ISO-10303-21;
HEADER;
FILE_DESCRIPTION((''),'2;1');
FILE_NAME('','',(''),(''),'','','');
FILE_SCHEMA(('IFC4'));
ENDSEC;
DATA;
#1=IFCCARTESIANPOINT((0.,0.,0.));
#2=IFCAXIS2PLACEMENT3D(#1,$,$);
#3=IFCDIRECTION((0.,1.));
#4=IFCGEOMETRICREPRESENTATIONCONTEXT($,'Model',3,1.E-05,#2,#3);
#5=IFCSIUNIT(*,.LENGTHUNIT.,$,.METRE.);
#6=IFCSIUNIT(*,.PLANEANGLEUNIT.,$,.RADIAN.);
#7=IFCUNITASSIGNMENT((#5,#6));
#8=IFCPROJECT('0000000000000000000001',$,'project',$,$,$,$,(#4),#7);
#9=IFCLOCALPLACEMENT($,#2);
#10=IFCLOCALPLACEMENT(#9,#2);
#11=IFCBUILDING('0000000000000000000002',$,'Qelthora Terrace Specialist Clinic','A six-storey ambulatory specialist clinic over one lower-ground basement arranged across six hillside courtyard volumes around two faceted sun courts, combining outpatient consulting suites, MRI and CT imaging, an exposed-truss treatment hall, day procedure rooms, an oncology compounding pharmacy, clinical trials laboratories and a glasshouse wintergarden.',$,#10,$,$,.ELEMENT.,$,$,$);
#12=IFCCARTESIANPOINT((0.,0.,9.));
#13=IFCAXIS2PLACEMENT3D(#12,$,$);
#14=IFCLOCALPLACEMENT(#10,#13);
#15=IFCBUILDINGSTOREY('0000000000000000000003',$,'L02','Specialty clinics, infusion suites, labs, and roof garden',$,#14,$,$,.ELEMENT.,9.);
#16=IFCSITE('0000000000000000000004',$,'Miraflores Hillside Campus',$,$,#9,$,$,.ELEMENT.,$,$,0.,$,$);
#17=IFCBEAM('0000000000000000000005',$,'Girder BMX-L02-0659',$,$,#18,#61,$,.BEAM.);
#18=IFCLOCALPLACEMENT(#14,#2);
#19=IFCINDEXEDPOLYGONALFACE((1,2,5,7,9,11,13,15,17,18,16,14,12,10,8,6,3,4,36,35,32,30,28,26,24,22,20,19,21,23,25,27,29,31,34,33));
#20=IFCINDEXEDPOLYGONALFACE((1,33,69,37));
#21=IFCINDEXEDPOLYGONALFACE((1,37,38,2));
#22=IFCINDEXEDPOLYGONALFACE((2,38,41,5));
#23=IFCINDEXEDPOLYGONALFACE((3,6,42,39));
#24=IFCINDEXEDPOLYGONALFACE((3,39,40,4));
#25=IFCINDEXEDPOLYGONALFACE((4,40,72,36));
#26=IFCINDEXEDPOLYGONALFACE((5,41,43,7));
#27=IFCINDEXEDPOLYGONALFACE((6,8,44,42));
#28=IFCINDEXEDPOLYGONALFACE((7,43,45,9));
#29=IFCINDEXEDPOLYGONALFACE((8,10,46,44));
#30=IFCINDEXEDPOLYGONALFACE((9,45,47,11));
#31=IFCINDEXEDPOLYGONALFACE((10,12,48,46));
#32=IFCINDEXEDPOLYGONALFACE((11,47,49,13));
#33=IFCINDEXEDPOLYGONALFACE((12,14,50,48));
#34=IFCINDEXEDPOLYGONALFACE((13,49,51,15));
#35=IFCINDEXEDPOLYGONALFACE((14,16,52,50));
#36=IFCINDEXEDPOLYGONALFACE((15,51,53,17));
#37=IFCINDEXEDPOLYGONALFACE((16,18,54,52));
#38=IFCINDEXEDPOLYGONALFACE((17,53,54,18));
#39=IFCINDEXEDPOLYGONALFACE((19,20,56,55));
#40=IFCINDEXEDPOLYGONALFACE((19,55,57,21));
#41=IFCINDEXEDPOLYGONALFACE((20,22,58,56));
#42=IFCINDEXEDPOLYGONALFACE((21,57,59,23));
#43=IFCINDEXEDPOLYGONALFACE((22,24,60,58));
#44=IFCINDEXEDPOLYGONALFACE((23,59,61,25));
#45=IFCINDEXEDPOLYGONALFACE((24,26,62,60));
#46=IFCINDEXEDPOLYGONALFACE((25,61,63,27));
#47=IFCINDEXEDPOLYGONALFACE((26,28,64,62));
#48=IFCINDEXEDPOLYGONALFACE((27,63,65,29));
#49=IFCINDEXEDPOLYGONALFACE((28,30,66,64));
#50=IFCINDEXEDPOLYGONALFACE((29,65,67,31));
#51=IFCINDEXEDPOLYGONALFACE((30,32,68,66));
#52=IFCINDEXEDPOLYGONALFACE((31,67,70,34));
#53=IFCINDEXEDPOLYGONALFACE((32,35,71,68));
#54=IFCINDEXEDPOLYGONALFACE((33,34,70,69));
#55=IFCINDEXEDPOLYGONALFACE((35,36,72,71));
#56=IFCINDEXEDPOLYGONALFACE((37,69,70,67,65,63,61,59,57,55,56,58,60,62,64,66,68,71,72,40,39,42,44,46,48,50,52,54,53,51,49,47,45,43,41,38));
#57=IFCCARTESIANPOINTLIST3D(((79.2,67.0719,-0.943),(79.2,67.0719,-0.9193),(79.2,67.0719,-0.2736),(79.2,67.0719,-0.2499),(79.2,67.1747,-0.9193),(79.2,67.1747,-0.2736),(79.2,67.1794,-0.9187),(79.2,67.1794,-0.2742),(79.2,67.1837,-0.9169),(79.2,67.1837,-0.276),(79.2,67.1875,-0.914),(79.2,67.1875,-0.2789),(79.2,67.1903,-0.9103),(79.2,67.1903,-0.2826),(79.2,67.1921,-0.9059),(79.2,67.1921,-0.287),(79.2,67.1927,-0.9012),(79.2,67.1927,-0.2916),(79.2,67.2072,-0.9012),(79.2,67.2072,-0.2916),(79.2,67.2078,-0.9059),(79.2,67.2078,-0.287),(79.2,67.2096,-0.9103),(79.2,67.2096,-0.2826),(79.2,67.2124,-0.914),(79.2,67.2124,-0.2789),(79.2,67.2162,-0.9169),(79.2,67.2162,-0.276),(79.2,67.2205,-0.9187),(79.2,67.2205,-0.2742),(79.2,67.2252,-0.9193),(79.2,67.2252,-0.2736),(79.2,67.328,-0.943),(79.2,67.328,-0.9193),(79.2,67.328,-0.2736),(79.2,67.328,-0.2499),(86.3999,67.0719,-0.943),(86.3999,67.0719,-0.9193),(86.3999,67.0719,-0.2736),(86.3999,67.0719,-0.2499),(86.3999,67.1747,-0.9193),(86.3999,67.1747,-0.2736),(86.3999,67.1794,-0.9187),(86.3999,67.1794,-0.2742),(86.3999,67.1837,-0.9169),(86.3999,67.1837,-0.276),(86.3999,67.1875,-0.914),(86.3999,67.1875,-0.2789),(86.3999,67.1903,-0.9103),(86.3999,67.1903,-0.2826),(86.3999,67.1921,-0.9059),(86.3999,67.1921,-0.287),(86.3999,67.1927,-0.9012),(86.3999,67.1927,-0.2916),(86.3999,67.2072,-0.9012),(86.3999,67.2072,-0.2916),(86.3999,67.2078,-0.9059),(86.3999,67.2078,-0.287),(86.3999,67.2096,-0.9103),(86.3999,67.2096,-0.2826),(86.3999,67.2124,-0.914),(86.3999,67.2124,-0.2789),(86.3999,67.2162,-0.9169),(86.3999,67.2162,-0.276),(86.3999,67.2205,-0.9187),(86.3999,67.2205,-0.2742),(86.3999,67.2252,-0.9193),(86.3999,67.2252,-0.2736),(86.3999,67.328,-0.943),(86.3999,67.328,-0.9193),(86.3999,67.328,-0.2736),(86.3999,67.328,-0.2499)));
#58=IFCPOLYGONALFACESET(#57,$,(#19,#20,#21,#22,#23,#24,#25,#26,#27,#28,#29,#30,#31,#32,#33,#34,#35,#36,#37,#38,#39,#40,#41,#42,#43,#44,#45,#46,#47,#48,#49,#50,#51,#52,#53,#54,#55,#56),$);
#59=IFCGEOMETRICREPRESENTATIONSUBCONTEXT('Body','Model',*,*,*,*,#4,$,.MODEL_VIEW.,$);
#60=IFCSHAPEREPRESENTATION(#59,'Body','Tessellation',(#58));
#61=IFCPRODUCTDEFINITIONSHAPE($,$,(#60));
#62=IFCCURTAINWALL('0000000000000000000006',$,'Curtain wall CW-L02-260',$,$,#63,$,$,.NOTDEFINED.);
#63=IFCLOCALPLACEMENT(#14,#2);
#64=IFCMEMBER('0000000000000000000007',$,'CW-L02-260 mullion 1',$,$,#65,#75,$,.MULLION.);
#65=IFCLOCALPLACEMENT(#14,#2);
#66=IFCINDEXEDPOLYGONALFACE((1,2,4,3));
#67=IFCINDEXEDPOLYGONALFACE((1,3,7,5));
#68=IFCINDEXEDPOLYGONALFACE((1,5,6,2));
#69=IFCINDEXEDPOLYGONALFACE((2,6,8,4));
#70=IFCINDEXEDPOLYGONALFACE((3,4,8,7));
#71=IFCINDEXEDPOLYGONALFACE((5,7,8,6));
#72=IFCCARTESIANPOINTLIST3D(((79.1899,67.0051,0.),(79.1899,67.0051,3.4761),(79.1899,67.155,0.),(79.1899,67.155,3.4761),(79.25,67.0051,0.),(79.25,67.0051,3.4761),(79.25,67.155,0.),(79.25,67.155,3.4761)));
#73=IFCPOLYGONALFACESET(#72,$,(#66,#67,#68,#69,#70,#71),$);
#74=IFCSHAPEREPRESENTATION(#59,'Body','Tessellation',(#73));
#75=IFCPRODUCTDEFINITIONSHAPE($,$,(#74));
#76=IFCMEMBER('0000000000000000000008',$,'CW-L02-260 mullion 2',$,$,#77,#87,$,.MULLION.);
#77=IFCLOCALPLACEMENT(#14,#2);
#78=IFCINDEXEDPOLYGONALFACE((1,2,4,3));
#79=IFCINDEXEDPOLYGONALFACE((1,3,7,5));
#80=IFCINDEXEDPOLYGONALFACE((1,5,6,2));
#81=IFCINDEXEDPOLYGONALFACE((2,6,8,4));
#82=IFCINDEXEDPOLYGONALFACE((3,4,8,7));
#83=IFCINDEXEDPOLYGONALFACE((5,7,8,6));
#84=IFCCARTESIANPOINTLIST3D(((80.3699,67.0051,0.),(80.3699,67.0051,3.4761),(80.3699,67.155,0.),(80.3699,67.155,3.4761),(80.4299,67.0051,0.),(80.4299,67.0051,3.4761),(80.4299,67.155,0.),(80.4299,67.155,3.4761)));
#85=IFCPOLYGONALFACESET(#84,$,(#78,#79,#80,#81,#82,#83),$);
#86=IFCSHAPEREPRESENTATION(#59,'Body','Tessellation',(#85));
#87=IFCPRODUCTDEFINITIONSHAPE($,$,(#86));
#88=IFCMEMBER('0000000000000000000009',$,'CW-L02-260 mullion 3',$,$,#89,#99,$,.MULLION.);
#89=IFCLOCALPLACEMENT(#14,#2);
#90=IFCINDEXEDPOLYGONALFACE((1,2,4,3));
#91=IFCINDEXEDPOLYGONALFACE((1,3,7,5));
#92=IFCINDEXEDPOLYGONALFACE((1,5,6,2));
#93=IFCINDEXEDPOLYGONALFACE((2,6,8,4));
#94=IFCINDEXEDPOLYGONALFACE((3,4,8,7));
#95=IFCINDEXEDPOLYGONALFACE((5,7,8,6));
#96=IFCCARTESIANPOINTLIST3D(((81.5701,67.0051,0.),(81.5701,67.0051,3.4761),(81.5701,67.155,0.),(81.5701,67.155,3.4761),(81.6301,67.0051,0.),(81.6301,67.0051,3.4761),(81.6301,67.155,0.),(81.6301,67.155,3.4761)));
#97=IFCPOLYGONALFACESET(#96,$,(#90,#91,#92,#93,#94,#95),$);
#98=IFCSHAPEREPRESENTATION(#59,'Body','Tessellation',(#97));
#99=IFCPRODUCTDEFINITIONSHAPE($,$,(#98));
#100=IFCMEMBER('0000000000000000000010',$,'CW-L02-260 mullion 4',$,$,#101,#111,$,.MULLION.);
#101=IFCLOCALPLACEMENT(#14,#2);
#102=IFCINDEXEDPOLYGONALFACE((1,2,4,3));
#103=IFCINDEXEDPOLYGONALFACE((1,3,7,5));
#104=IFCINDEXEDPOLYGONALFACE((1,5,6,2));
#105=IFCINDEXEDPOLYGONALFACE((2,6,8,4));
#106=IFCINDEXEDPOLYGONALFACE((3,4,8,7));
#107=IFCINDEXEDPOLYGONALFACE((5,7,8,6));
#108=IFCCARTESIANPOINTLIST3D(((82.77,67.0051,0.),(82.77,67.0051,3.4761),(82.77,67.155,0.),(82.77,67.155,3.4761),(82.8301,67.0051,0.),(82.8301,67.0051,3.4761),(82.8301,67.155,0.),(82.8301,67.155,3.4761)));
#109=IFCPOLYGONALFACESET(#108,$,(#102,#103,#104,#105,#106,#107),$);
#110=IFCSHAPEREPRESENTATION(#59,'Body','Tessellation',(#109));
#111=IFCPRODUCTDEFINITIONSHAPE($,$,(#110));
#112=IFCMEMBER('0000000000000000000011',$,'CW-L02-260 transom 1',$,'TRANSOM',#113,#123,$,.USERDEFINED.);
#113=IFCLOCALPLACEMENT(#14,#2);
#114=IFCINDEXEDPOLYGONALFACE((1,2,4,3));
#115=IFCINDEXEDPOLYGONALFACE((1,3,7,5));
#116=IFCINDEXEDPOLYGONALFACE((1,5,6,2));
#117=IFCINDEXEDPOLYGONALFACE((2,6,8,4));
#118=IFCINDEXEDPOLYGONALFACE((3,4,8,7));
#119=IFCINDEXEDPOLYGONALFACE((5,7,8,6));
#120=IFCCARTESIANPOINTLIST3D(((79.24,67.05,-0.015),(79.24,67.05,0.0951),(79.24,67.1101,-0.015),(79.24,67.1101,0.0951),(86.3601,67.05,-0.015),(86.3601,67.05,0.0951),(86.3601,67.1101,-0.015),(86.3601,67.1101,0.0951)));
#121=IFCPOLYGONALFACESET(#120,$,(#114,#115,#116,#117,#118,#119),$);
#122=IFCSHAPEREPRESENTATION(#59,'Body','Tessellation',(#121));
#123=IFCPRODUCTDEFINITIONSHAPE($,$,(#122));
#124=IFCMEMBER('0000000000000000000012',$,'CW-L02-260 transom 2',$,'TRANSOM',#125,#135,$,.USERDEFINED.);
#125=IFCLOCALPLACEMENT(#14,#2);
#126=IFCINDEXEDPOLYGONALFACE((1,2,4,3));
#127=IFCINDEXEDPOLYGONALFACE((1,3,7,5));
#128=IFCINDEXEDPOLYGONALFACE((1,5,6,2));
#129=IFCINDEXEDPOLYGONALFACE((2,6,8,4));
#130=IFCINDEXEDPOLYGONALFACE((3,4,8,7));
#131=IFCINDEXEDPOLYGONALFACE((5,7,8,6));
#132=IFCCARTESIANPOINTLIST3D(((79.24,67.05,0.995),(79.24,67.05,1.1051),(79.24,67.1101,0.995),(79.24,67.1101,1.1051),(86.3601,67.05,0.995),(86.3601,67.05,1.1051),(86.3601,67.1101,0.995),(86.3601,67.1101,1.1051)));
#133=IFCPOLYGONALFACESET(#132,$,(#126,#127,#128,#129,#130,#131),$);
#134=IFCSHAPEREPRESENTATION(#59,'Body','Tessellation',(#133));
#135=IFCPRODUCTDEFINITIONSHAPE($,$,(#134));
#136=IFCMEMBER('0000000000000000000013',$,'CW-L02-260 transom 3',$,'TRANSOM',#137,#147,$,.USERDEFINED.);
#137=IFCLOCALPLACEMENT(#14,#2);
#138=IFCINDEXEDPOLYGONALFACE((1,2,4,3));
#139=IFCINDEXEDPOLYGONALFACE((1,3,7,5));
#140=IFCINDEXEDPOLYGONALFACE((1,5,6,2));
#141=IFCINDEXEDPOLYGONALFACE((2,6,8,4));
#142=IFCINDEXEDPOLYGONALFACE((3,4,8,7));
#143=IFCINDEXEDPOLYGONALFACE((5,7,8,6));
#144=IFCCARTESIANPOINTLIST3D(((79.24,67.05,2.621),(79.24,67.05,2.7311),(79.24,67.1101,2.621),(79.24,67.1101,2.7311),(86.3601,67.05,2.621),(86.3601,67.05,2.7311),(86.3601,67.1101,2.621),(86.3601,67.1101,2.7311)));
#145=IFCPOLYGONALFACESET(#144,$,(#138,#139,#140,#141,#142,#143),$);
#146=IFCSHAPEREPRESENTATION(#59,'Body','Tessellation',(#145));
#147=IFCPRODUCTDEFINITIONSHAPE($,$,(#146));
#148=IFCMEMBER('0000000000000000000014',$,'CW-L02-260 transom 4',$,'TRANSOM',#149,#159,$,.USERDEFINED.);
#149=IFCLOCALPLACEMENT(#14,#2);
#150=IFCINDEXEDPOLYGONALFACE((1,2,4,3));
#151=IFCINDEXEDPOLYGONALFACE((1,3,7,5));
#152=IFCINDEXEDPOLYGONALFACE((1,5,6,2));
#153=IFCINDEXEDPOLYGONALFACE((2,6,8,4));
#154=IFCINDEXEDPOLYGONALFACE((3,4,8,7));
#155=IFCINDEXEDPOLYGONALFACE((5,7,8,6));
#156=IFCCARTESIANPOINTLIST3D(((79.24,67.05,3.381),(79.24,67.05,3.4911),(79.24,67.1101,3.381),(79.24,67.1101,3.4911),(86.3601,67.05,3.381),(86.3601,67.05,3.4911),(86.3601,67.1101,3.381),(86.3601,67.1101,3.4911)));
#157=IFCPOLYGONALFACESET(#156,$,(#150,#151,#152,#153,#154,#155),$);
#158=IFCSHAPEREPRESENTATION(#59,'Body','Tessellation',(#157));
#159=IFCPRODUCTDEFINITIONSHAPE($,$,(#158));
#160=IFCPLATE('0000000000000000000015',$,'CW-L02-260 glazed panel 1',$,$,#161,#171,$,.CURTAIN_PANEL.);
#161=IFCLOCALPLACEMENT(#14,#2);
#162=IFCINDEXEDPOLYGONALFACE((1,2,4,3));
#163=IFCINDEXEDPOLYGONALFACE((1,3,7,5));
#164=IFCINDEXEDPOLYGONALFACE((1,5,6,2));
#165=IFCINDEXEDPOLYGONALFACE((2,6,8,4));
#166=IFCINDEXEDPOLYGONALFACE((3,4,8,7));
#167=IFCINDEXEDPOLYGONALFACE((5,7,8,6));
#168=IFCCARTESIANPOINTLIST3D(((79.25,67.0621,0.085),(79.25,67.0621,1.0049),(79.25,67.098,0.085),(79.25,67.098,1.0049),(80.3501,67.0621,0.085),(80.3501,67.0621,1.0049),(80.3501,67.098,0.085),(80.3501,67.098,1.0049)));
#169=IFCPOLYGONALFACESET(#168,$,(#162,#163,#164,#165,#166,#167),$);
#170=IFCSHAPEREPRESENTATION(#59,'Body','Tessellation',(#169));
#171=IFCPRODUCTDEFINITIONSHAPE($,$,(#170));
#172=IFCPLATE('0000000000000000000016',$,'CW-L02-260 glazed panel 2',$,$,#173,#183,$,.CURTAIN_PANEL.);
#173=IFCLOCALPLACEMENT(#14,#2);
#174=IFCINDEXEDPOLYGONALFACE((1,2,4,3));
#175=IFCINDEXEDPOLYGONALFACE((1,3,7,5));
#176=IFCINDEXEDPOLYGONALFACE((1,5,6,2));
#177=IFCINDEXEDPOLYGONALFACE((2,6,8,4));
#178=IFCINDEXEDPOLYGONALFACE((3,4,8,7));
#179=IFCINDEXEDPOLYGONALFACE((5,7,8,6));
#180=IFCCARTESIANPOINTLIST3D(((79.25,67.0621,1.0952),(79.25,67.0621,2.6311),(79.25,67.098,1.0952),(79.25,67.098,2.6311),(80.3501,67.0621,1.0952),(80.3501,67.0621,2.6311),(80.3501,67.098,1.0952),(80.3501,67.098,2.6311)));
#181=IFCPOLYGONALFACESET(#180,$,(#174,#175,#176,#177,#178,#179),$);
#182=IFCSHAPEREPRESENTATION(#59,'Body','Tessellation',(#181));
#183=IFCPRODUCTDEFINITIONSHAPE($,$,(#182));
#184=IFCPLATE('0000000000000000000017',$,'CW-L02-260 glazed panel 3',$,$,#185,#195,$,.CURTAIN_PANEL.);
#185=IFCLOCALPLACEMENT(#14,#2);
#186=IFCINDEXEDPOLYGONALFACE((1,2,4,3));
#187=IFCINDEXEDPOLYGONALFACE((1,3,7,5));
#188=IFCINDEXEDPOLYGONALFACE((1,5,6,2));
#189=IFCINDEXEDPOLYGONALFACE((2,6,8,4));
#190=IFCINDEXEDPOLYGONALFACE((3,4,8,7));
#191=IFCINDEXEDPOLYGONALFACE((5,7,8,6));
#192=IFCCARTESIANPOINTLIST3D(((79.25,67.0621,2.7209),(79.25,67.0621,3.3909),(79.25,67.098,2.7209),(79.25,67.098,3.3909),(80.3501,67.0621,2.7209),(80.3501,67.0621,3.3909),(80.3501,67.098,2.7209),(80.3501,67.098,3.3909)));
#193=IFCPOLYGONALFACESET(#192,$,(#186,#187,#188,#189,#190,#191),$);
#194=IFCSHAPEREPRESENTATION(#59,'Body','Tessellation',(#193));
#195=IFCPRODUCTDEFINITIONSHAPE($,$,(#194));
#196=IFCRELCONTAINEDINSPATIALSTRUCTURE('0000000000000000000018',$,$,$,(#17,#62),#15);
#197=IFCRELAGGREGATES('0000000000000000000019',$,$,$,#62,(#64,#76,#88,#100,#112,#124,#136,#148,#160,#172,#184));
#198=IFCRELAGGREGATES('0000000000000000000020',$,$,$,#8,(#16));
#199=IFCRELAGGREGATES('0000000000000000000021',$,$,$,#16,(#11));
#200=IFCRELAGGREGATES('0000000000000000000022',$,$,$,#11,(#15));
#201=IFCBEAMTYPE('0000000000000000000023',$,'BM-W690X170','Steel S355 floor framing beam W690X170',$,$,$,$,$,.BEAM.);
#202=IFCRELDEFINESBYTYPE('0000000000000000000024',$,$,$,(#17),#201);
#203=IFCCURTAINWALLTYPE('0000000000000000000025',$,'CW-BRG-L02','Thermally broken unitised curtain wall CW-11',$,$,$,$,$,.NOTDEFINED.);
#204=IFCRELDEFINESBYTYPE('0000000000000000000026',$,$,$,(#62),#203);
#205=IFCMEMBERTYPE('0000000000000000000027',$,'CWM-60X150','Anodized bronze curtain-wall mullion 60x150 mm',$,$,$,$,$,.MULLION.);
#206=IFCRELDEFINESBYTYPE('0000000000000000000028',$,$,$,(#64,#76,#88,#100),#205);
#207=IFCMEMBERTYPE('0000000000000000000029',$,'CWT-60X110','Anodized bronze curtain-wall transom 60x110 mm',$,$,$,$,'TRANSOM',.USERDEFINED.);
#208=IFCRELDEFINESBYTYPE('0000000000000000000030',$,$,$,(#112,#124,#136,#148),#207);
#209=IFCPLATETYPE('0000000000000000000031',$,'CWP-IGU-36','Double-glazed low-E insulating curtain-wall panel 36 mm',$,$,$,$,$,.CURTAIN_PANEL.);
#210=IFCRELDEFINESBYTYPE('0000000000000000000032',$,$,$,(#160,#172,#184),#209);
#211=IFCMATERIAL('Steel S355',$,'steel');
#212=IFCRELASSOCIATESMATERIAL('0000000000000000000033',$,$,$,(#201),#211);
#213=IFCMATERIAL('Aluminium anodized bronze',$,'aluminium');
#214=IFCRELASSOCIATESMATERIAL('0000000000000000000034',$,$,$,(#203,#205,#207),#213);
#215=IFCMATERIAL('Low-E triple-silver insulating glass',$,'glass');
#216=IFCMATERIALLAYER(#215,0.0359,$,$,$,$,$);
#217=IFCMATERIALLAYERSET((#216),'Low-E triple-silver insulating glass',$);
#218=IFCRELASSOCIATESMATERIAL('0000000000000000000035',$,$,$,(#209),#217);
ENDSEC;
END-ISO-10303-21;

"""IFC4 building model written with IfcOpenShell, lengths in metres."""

from ifc_helpers import new_model, si_unit, direction, frame, origin, origin_2d, place, context, subcontext, project, spatial, rectangle, i_section, extrude, material, layer, layer_set, material_profile, profile_set, type_object, element, aggregate, save


model = new_model("IFC4")

# Units and contexts
model_context = context("Model", 3, precision=1e-05, world=origin(), true_north=direction((0.0, 1.0)))
body_context = subcontext(model_context, "Body", "Model", "MODEL_VIEW")
ifc_project = project(units=[si_unit("LENGTHUNIT", "METRE"), si_unit("PLANEANGLEUNIT", "RADIAN")], contexts=[model_context])

# Site, building, storey
site_placement = place(None, origin())
site = spatial("IfcSite", under=ifc_project, at=site_placement, Name="Miraflores Hillside Campus", CompositionType="ELEMENT", RefElevation=0.0)
building_placement = place(site_placement, origin())
building = spatial("IfcBuilding", under=site, at=building_placement, Name="Qelthora Terrace Specialist Clinic", Description="A six-storey ambulatory specialist clinic over one lower-ground basement arranged across six hillside courtyard volumes around two faceted sun courts, combining outpatient consulting suites, MRI and CT imaging, an exposed-truss treatment hall, day procedure rooms, an oncology compounding pharmacy, clinical trials laboratories and a glasshouse wintergarden.", CompositionType="ELEMENT")
storey_placement = place(building_placement, frame((0.0, 0.0, 9.0)))
storey = spatial("IfcBuildingStorey", under=building, at=storey_placement, Name="L02", Description="Specialty clinics, infusion suites, labs, and roof garden", CompositionType="ELEMENT", Elevation=9.0)

# Beam
ifc_material_1 = material(Name="Steel S355", Category="steel")
ifc_material_profile_1 = material_profile(ifc_material_1, i_section(OverallWidth=0.2561, OverallDepth=0.6931, WebThickness=0.0144, FlangeThickness=0.0237, FilletRadius=0.0181, at=origin_2d()), Name="W690X170")
ifc_profile_set_1 = profile_set([ifc_material_profile_1], Name="Steel S355")
beam_type = type_object("IfcBeamType", Name="BM-W690X170", Description="Steel S355 floor framing beam W690X170", PredefinedType="BEAM", material=ifc_profile_set_1)
beam_placement = place(storey_placement, frame((79.2, 67.2, -0.5964), z_axis=(1.0, 0.0, 0.0), x_axis=(0.0, 1.0, 0.0)))
element("IfcBeam", 1, at=beam_placement, inside=storey, type_object=beam_type, Name="Girder BMX-L02-0659", PredefinedType="BEAM", context=body_context, shape_type="SweptSolid", body=[
    extrude(i_section(OverallWidth=0.2561, OverallDepth=0.6931, WebThickness=0.0144, FlangeThickness=0.0237, FilletRadius=0.0181, at=origin_2d()), origin(), (0.0, 0.0, 1.0), 7.2),
])

# Curtain wall, members, plates
ifc_material_2 = material(Name="Aluminium anodized bronze", Category="aluminium")
curtain_wall_type = type_object("IfcCurtainWallType", Name="CW-BRG-L02", Description="Thermally broken unitised curtain wall CW-11", PredefinedType="NOTDEFINED", material=ifc_material_2)
curtain_wall_placement = place(storey_placement, origin())
curtain_wall = element("IfcCurtainWall", 2, at=curtain_wall_placement, inside=storey, type_object=curtain_wall_type, Name="Curtain wall CW-L02-260", PredefinedType="NOTDEFINED")
ifc_material_profile_2 = material_profile(ifc_material_2, rectangle(XDim=0.0601, YDim=0.1499, at=origin_2d()), Name="CWM60X150")
ifc_profile_set_2 = profile_set([ifc_material_profile_2], Name="Aluminium anodized bronze")
member_type_1 = type_object("IfcMemberType", Name="CWM-60X150", Description="Anodized bronze curtain-wall mullion 60x150 mm", PredefinedType="MULLION", material=ifc_profile_set_2)
member_1_placement = place(storey_placement, frame((79.22, 67.0801, 0.0), z_axis=(0.0, 0.0, 1.0), x_axis=(1.0, 0.0, 0.0)))
member_1 = element("IfcMember", 3, at=member_1_placement, type_object=member_type_1, Name="CW-L02-260 mullion 1", PredefinedType="MULLION", context=body_context, shape_type="SweptSolid", body=[
    extrude(rectangle(XDim=0.0601, YDim=0.1499, at=origin_2d()), origin(), (0.0, 0.0, 1.0), 3.4761),
])
member_2_placement = place(storey_placement, frame((80.3999, 67.0801, 0.0), z_axis=(0.0, 0.0, 1.0), x_axis=(1.0, 0.0, 0.0)))
member_2 = element("IfcMember", 4, at=member_2_placement, type_object=member_type_1, Name="CW-L02-260 mullion 2", PredefinedType="MULLION", context=body_context, shape_type="SweptSolid", body=[
    extrude(rectangle(XDim=0.0601, YDim=0.1499, at=origin_2d()), origin(), (0.0, 0.0, 1.0), 3.4761),
])
member_3_placement = place(storey_placement, frame((81.6001, 67.0801, 0.0), z_axis=(0.0, 0.0, 1.0), x_axis=(1.0, 0.0, 0.0)))
member_3 = element("IfcMember", 5, at=member_3_placement, type_object=member_type_1, Name="CW-L02-260 mullion 3", PredefinedType="MULLION", context=body_context, shape_type="SweptSolid", body=[
    extrude(rectangle(XDim=0.0601, YDim=0.1499, at=origin_2d()), origin(), (0.0, 0.0, 1.0), 3.4761),
])
member_4_placement = place(storey_placement, frame((82.8, 67.0801, 0.0), z_axis=(0.0, 0.0, 1.0), x_axis=(1.0, 0.0, 0.0)))
member_4 = element("IfcMember", 6, at=member_4_placement, type_object=member_type_1, Name="CW-L02-260 mullion 4", PredefinedType="MULLION", context=body_context, shape_type="SweptSolid", body=[
    extrude(rectangle(XDim=0.0601, YDim=0.1499, at=origin_2d()), origin(), (0.0, 0.0, 1.0), 3.4761),
])
ifc_material_profile_3 = material_profile(ifc_material_2, rectangle(XDim=0.0601, YDim=0.1101, at=origin_2d()), Name="CWT60X110")
ifc_profile_set_3 = profile_set([ifc_material_profile_3], Name="Aluminium anodized bronze")
member_type_2 = type_object("IfcMemberType", Name="CWT-60X110", Description="Anodized bronze curtain-wall transom 60x110 mm", ElementType="TRANSOM", PredefinedType="USERDEFINED", material=ifc_profile_set_3)
member_5_placement = place(storey_placement, frame((79.24, 67.0801, 0.04), z_axis=(1.0, 0.0, 0.0), x_axis=(0.0, 1.0, 0.0)))
member_5 = element("IfcMember", 7, at=member_5_placement, type_object=member_type_2, Name="CW-L02-260 transom 1", ObjectType="TRANSOM", PredefinedType="USERDEFINED", context=body_context, shape_type="SweptSolid", body=[
    extrude(rectangle(XDim=0.0601, YDim=0.1101, at=origin_2d()), origin(), (0.0, 0.0, 1.0), 7.1201),
])
member_6_placement = place(storey_placement, frame((79.24, 67.0801, 1.05), z_axis=(1.0, 0.0, 0.0), x_axis=(0.0, 1.0, 0.0)))
member_6 = element("IfcMember", 8, at=member_6_placement, type_object=member_type_2, Name="CW-L02-260 transom 2", ObjectType="TRANSOM", PredefinedType="USERDEFINED", context=body_context, shape_type="SweptSolid", body=[
    extrude(rectangle(XDim=0.0601, YDim=0.1101, at=origin_2d()), origin(), (0.0, 0.0, 1.0), 7.1201),
])
member_7_placement = place(storey_placement, frame((79.24, 67.0801, 2.676), z_axis=(1.0, 0.0, 0.0), x_axis=(0.0, 1.0, 0.0)))
member_7 = element("IfcMember", 9, at=member_7_placement, type_object=member_type_2, Name="CW-L02-260 transom 3", ObjectType="TRANSOM", PredefinedType="USERDEFINED", context=body_context, shape_type="SweptSolid", body=[
    extrude(rectangle(XDim=0.0601, YDim=0.1101, at=origin_2d()), origin(), (0.0, 0.0, 1.0), 7.1201),
])
member_8_placement = place(storey_placement, frame((79.24, 67.0801, 3.436), z_axis=(1.0, 0.0, 0.0), x_axis=(0.0, 1.0, 0.0)))
member_8 = element("IfcMember", 10, at=member_8_placement, type_object=member_type_2, Name="CW-L02-260 transom 4", ObjectType="TRANSOM", PredefinedType="USERDEFINED", context=body_context, shape_type="SweptSolid", body=[
    extrude(rectangle(XDim=0.0601, YDim=0.1101, at=origin_2d()), origin(), (0.0, 0.0, 1.0), 7.1201),
])
ifc_material_3 = material(Name="Low-E triple-silver insulating glass", Category="glass")
ifc_layer = layer(ifc_material_3, 0.0359)
ifc_layer_set = layer_set([ifc_layer], Name="Low-E triple-silver insulating glass")
plate_type = type_object("IfcPlateType", Name="CWP-IGU-36", Description="Double-glazed low-E insulating curtain-wall panel 36 mm", PredefinedType="CURTAIN_PANEL", material=ifc_layer_set)
plate_1_placement = place(storey_placement, frame((79.8, 67.0801, 0.085), z_axis=(0.0, 0.0, 1.0), x_axis=(1.0, 0.0, 0.0)))
plate_1 = element("IfcPlate", 11, at=plate_1_placement, type_object=plate_type, Name="CW-L02-260 glazed panel 1", PredefinedType="CURTAIN_PANEL", context=body_context, shape_type="SweptSolid", body=[
    extrude(rectangle(XDim=1.1001, YDim=0.0359, at=origin_2d()), origin(), (0.0, 0.0, 1.0), 0.9199),
])
plate_2_placement = place(storey_placement, frame((79.8, 67.0801, 1.0952), z_axis=(0.0, 0.0, 1.0), x_axis=(1.0, 0.0, 0.0)))
plate_2 = element("IfcPlate", 12, at=plate_2_placement, type_object=plate_type, Name="CW-L02-260 glazed panel 2", PredefinedType="CURTAIN_PANEL", context=body_context, shape_type="SweptSolid", body=[
    extrude(rectangle(XDim=1.1001, YDim=0.0359, at=origin_2d()), origin(), (0.0, 0.0, 1.0), 1.5359),
])
plate_3_placement = place(storey_placement, frame((79.8, 67.0801, 2.7209), z_axis=(0.0, 0.0, 1.0), x_axis=(1.0, 0.0, 0.0)))
plate_3 = element("IfcPlate", 13, at=plate_3_placement, type_object=plate_type, Name="CW-L02-260 glazed panel 3", PredefinedType="CURTAIN_PANEL", context=body_context, shape_type="SweptSolid", body=[
    extrude(rectangle(XDim=1.1001, YDim=0.0359, at=origin_2d()), origin(), (0.0, 0.0, 1.0), 0.6699),
])
aggregate(curtain_wall, [member_1, member_2, member_3, member_4, member_5, member_6, member_7, member_8, plate_1, plate_2, plate_3])

save(model, "model.ifc")
